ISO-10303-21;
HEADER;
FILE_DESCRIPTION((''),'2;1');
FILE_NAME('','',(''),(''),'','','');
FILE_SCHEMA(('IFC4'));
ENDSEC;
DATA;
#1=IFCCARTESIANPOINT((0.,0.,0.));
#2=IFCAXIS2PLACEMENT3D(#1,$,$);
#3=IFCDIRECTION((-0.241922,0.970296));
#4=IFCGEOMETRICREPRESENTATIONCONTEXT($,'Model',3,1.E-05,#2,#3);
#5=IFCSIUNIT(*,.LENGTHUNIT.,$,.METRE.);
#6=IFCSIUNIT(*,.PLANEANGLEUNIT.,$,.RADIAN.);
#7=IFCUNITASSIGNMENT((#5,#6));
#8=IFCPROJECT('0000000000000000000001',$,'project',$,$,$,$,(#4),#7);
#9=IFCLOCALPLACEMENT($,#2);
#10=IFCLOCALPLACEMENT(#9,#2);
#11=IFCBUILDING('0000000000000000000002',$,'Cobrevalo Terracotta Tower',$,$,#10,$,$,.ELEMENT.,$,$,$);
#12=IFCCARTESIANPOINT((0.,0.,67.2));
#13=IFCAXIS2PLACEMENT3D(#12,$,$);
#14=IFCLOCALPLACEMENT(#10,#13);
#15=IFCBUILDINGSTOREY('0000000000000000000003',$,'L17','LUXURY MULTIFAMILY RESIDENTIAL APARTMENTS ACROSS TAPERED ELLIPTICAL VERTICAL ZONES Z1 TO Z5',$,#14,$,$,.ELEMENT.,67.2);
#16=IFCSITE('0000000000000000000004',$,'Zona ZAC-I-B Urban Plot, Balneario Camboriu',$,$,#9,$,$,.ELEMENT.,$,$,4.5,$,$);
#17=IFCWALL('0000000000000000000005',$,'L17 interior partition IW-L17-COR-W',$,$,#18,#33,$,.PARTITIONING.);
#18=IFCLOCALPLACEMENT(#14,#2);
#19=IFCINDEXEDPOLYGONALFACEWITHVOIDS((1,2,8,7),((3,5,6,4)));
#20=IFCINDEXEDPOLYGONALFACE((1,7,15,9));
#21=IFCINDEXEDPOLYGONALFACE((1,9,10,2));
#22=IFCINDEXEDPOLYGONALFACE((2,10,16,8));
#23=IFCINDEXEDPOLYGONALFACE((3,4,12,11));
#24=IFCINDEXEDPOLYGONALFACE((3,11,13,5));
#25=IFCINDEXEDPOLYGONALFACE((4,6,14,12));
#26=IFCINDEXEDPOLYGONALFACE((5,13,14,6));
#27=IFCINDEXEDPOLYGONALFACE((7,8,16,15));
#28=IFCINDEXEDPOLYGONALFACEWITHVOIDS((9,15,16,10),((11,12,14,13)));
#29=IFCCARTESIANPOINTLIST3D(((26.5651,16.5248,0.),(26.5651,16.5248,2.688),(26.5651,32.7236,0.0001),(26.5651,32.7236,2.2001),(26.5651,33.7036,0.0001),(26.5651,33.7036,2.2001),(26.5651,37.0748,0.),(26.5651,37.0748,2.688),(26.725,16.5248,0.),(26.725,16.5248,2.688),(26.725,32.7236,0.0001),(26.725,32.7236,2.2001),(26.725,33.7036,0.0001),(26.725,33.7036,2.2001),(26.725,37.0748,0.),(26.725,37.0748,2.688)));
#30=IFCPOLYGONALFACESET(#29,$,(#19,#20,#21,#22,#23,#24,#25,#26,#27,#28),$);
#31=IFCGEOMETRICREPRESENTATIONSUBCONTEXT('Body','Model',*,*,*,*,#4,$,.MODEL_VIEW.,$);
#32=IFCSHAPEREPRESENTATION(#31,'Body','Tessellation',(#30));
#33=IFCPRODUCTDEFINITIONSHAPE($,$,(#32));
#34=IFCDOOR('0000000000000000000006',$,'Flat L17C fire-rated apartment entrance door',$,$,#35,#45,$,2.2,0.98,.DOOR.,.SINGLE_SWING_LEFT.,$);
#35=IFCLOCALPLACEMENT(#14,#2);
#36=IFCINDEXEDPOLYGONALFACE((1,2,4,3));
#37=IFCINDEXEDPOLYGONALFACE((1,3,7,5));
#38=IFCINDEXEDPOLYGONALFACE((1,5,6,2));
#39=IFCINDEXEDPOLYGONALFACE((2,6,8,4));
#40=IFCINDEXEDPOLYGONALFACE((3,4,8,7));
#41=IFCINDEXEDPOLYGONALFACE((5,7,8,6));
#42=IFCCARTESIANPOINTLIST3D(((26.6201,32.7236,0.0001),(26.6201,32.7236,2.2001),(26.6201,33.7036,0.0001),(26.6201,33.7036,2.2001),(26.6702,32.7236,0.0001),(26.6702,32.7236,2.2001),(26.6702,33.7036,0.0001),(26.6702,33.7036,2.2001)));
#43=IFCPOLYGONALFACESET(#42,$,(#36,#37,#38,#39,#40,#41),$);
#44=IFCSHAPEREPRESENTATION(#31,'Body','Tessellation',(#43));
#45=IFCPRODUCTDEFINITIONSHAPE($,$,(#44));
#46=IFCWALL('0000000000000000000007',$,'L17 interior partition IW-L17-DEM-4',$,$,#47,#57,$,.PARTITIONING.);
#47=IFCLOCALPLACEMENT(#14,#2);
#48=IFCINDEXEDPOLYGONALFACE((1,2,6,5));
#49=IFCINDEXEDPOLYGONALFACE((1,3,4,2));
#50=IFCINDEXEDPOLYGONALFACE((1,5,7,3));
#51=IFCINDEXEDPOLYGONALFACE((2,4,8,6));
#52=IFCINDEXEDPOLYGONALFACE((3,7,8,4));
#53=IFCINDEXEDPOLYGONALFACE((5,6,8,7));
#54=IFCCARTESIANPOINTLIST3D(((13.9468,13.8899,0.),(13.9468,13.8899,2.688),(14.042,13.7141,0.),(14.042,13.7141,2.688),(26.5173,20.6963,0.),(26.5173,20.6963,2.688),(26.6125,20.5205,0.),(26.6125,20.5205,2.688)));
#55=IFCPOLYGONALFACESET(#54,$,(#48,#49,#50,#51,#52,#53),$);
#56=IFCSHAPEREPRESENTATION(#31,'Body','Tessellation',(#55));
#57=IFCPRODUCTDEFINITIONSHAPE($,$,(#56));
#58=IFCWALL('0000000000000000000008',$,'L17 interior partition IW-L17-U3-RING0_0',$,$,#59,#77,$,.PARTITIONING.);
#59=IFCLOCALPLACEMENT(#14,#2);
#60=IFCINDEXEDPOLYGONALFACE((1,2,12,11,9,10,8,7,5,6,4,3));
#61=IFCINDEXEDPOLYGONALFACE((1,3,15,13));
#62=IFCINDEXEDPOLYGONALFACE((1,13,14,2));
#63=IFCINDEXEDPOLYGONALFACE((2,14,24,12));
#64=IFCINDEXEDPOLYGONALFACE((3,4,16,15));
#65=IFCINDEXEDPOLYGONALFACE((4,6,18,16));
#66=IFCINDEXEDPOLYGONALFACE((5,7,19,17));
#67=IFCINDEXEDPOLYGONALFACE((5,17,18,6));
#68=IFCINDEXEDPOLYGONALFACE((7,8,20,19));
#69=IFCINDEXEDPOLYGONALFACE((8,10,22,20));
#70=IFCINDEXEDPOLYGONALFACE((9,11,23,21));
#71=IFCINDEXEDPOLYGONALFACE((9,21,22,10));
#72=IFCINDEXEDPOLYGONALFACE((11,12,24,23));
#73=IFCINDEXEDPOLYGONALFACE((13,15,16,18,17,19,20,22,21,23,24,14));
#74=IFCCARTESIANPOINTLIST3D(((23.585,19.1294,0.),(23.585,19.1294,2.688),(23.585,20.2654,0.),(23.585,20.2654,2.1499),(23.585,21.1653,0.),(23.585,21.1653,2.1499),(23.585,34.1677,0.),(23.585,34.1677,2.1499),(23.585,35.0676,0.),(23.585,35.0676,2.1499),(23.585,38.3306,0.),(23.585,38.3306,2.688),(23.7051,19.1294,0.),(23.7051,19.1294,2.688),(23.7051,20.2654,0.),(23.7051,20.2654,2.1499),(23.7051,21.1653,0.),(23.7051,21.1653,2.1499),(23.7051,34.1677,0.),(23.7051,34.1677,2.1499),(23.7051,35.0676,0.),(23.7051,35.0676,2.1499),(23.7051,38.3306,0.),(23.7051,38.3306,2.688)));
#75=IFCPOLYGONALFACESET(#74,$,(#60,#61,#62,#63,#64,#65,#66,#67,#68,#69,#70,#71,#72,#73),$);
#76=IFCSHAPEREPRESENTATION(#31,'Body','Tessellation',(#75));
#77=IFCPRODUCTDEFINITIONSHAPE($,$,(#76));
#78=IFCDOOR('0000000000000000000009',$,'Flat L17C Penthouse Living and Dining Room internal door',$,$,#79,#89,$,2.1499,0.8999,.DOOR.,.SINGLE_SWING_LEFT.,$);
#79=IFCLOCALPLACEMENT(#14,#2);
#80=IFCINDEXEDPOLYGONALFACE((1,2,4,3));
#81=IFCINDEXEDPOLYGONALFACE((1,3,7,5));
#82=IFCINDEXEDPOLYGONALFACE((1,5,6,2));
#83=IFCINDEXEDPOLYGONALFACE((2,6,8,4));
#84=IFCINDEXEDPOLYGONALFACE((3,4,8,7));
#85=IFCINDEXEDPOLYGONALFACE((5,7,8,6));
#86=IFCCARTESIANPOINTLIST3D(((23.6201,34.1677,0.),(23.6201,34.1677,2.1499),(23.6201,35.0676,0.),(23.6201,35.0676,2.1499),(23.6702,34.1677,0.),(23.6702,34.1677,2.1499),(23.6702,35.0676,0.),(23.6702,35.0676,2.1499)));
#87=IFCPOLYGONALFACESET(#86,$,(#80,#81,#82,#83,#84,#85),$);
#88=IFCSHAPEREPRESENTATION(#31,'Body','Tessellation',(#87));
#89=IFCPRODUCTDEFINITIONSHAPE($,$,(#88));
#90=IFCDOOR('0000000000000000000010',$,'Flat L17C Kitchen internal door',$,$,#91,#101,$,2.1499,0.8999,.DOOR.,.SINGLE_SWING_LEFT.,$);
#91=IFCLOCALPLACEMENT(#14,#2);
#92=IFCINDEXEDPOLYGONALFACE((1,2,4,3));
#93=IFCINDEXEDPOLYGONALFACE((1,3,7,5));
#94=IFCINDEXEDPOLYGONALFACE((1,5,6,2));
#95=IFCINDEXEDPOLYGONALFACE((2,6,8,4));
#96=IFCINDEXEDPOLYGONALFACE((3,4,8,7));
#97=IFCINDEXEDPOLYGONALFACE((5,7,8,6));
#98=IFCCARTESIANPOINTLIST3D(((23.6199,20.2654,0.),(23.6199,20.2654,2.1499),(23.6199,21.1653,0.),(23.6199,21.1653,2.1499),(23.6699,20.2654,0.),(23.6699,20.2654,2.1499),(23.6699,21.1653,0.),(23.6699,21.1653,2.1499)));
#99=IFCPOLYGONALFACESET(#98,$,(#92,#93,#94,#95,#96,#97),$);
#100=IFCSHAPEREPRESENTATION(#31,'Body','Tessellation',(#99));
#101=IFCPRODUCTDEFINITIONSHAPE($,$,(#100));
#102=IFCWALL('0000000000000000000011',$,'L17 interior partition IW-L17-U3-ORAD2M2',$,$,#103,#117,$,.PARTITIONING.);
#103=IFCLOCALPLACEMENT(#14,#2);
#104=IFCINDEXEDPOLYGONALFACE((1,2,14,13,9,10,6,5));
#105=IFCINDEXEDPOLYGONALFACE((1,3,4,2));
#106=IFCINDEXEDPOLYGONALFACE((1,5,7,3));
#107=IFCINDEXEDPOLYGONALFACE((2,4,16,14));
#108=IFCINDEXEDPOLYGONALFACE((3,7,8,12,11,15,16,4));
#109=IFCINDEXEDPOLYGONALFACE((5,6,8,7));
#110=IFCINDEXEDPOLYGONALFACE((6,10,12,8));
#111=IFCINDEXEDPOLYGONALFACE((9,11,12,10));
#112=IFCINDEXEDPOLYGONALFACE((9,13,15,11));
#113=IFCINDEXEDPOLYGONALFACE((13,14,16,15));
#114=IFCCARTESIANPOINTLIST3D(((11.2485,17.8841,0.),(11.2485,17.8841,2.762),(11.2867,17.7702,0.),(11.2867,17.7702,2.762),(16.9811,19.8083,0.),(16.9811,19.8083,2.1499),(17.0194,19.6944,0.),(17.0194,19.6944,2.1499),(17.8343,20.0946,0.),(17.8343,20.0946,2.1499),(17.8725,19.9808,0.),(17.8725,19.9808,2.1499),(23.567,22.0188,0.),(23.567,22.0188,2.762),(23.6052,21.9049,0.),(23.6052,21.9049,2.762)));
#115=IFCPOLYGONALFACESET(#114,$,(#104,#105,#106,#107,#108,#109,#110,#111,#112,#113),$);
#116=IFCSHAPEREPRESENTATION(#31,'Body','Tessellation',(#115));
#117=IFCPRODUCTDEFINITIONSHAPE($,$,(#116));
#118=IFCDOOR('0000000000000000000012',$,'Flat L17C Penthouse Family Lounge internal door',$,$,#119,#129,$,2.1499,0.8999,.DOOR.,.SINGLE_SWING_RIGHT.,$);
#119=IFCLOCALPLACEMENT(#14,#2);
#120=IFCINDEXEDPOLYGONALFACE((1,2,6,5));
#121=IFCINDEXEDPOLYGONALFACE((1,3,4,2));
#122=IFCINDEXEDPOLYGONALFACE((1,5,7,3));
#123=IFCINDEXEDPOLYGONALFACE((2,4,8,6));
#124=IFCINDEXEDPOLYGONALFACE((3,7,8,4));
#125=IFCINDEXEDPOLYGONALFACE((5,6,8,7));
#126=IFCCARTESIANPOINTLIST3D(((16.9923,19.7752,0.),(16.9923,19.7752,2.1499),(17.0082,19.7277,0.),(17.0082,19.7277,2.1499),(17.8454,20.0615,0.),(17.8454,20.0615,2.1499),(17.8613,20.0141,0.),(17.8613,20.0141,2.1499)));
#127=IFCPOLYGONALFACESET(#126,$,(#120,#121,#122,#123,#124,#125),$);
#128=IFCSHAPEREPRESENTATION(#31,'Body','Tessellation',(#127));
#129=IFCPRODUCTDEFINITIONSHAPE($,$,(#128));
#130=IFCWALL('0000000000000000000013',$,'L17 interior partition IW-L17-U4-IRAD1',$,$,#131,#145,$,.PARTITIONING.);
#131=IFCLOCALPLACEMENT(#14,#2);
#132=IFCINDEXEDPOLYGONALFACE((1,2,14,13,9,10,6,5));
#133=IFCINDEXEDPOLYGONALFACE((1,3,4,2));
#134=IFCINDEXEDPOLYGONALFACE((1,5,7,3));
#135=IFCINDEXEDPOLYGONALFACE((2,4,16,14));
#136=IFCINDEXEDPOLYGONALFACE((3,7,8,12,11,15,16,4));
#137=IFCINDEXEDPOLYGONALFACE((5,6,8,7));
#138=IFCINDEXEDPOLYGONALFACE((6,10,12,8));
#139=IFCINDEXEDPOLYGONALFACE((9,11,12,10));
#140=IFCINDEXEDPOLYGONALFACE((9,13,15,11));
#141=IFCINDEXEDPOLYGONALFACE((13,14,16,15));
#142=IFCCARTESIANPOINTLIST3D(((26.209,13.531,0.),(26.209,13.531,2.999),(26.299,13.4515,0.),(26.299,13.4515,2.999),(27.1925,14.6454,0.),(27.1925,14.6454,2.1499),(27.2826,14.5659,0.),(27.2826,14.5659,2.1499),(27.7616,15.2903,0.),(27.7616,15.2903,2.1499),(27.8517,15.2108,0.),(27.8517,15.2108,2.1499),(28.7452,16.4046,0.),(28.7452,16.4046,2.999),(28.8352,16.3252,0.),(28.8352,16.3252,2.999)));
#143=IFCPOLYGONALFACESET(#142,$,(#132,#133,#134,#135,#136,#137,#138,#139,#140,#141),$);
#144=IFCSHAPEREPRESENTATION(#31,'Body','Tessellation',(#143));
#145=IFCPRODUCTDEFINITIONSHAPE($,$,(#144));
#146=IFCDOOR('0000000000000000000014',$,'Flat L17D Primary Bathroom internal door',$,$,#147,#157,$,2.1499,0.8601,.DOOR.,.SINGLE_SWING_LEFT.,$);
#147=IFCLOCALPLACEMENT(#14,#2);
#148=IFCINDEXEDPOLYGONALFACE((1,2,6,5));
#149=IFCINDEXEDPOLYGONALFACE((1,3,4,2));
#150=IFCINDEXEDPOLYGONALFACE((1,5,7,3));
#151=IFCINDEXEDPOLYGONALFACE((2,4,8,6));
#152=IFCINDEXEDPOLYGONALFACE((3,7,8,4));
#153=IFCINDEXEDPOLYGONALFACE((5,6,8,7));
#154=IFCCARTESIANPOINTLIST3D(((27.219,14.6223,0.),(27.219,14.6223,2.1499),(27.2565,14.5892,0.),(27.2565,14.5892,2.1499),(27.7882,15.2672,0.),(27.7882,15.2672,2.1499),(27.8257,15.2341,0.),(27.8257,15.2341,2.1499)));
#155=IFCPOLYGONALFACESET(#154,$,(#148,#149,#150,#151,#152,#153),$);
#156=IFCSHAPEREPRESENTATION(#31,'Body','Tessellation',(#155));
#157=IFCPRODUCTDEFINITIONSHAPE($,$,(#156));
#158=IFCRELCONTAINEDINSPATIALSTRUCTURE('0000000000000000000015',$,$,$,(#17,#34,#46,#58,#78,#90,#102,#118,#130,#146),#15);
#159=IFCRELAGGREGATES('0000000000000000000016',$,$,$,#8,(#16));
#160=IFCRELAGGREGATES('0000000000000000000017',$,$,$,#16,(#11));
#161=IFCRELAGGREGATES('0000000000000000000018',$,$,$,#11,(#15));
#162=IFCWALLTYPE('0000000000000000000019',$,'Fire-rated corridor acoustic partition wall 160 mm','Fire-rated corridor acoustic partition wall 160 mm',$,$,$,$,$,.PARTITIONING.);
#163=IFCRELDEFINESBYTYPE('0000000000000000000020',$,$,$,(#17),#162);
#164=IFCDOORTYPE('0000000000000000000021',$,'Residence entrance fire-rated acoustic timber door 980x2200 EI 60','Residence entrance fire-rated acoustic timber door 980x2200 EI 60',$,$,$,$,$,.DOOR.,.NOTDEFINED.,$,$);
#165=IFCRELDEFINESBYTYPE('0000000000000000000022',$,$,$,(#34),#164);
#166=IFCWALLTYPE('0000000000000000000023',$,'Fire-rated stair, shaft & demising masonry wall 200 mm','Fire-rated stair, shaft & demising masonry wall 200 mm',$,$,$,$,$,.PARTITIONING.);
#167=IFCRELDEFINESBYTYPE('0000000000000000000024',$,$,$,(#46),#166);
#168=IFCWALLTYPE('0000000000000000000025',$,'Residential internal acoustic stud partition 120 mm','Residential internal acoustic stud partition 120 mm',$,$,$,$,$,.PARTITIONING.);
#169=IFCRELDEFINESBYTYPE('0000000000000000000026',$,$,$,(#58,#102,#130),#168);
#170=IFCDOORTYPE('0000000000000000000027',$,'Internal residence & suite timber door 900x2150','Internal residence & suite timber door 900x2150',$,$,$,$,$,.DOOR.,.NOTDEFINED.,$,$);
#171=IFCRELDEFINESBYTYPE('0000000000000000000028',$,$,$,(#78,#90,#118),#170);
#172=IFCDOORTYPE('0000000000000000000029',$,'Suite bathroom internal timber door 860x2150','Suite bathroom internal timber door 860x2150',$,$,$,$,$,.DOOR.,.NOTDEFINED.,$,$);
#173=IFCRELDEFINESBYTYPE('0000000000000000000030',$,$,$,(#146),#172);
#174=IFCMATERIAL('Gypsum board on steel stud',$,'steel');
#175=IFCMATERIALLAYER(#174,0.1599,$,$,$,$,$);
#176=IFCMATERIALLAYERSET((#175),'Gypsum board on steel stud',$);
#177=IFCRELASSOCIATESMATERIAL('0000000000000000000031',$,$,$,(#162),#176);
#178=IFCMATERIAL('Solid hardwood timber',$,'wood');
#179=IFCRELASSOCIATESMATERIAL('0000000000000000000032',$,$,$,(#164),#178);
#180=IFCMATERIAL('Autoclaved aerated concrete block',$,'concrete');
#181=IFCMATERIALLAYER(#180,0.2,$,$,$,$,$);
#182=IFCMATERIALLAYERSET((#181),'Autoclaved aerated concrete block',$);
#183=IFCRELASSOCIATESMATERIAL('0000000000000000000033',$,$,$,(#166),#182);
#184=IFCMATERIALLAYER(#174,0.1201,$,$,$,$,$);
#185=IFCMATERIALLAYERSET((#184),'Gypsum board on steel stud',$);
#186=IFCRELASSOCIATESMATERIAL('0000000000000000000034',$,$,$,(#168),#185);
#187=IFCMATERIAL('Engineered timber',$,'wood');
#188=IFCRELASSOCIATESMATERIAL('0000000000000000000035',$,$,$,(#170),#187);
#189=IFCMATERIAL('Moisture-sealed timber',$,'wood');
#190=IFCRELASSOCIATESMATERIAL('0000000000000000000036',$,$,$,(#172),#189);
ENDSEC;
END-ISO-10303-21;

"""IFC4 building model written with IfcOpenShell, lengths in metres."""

from ifc_helpers import new_model, si_unit, direction, frame, frame_2d, origin, place, context, subcontext, project, spatial, rectangle, extrude, source, transform, mapped, material, layer, layer_set, type_object, element, fill, save


model = new_model("IFC4")

# Units and contexts
model_context = context("Model", 3, precision=1e-05, world=origin(), true_north=direction((-0.241922, 0.970296)))
body_context = subcontext(model_context, "Body", "Model", "MODEL_VIEW")
ifc_project = project(units=[si_unit("LENGTHUNIT", "METRE"), si_unit("PLANEANGLEUNIT", "RADIAN")], contexts=[model_context])

# Site, building, storey
site_placement = place(None, origin())
site = spatial("IfcSite", under=ifc_project, at=site_placement, Name="Zona ZAC-I-B Urban Plot, Balneario Camboriu", CompositionType="ELEMENT", RefElevation=4.5)
building_placement = place(site_placement, origin())
building = spatial("IfcBuilding", under=site, at=building_placement, Name="Cobrevalo Terracotta Tower", CompositionType="ELEMENT")
storey_placement = place(building_placement, frame((0.0, 0.0, 67.2)))
storey = spatial("IfcBuildingStorey", under=building, at=storey_placement, Name="L17", Description="LUXURY MULTIFAMILY RESIDENTIAL APARTMENTS ACROSS TAPERED ELLIPTICAL VERTICAL ZONES Z1 TO Z5", CompositionType="ELEMENT", Elevation=67.2)

# Wall, opening, door
ifc_material_1 = material(Name="Gypsum board on steel stud", Category="steel")
ifc_layer_1 = layer(ifc_material_1, 0.1599)
ifc_layer_set_1 = layer_set([ifc_layer_1], Name="Gypsum board on steel stud")
wall_type_1 = type_object("IfcWallType", Name="Fire-rated corridor acoustic partition wall 160 mm", Description="Fire-rated corridor acoustic partition wall 160 mm", PredefinedType="PARTITIONING", material=ifc_layer_set_1)
ifc_material_2 = material(Name="Solid hardwood timber", Category="wood")
door_type_1 = type_object("IfcDoorType", Name="Residence entrance fire-rated acoustic timber door 980x2200 EI 60", Description="Residence entrance fire-rated acoustic timber door 980x2200 EI 60", OperationType="NOTDEFINED", PredefinedType="DOOR", material=ifc_material_2)
shared_shape_1 = source(origin(), body_context, "Body", "SweptSolid", [
    extrude(rectangle(XDim=0.98, YDim=2.2, at=frame_2d((0.49, 1.1001))), frame((0.0, 0.0249, 0.0), z_axis=(0.0, -1.0, 0.0), x_axis=(1.0, 0.0, 0.0)), (0.0, 0.0, 1.0), 0.05),
])
wall_1_placement = place(storey_placement, frame((26.645, 16.5249, 0.0), z_axis=(0.0, 0.0, 1.0), x_axis=(0.0, 1.0, 0.0)))
wall_1 = element("IfcWall", 1, at=wall_1_placement, inside=storey, type_object=wall_type_1, Name="L17 interior partition IW-L17-COR-W", PredefinedType="PARTITIONING", context=body_context, shape_type="SweptSolid", body=[
    extrude(rectangle(XDim=20.55, YDim=0.1599, at=frame_2d((10.2749, 0.0))), origin(), (0.0, 0.0, 1.0), 2.688),
])
opening_1_placement = place(wall_1_placement, frame((16.1987, 0.0, 0.0)))
opening_1 = element("IfcOpeningElement", 2, at=opening_1_placement, cuts=wall_1, PredefinedType="OPENING", context=body_context, shape_type="SweptSolid", body=[
    extrude(rectangle(XDim=0.98, YDim=2.2, at=frame_2d((0.49, 1.1001))), frame((0.0, 0.0898, 0.0), z_axis=(0.0, -1.0, 0.0), x_axis=(1.0, 0.0, 0.0)), (0.0, 0.0, 1.0), 0.1799),
])
door_1_placement = place(opening_1_placement, origin())
door_1 = element("IfcDoor", 3, at=door_1_placement, inside=storey, type_object=door_type_1, Name="Flat L17C fire-rated apartment entrance door", OperationType="SINGLE_SWING_LEFT", OverallHeight=2.2, OverallWidth=0.98, PredefinedType="DOOR", context=body_context, shape_type="MappedRepresentation", body=[
    mapped(shared_shape_1, transform((0.0, 0.0, 0.0), scale=1.0)),
])
fill(opening_1, door_1)

# Wall
ifc_material_3 = material(Name="Autoclaved aerated concrete block", Category="concrete")
ifc_layer_2 = layer(ifc_material_3, 0.2)
ifc_layer_set_2 = layer_set([ifc_layer_2], Name="Autoclaved aerated concrete block")
wall_type_2 = type_object("IfcWallType", Name="Fire-rated stair, shaft & demising masonry wall 200 mm", Description="Fire-rated stair, shaft & demising masonry wall 200 mm", PredefinedType="PARTITIONING", material=ifc_layer_set_2)
wall_2_placement = place(storey_placement, frame((26.5649, 20.6084, 0.0), z_axis=(0.0, 0.0, 1.0), x_axis=(-0.87937, -0.47614, 0.0)))
element("IfcWall", 4, at=wall_2_placement, inside=storey, type_object=wall_type_2, Name="L17 interior partition IW-L17-DEM-4", PredefinedType="PARTITIONING", context=body_context, shape_type="SweptSolid", body=[
    extrude(rectangle(XDim=14.2949, YDim=0.2, at=frame_2d((7.1475, 0.0))), origin(), (0.0, 0.0, 1.0), 2.688),
])

# Wall, openings, doors
ifc_layer_3 = layer(ifc_material_1, 0.1201)
ifc_layer_set_3 = layer_set([ifc_layer_3], Name="Gypsum board on steel stud")
wall_type_3 = type_object("IfcWallType", Name="Residential internal acoustic stud partition 120 mm", Description="Residential internal acoustic stud partition 120 mm", PredefinedType="PARTITIONING", material=ifc_layer_set_3)
wall_3_placement = place(storey_placement, frame((23.645, 19.1294, 0.0), z_axis=(0.0, 0.0, 1.0), x_axis=(0.0, 1.0, 0.0)))
wall_3 = element("IfcWall", 5, at=wall_3_placement, inside=storey, type_object=wall_type_3, Name="L17 interior partition IW-L17-U3-RING0_0", PredefinedType="PARTITIONING", context=body_context, shape_type="SweptSolid", body=[
    extrude(rectangle(XDim=19.2012, YDim=0.1201, at=frame_2d((9.6006, 0.0))), origin(), (0.0, 0.0, 1.0), 2.688),
])
opening_2_placement = place(wall_3_placement, frame((15.0383, 0.0, 0.0)))
opening_2 = element("IfcOpeningElement", 6, at=opening_2_placement, cuts=wall_3, PredefinedType="OPENING", context=body_context, shape_type="SweptSolid", body=[
    extrude(rectangle(XDim=0.8999, YDim=2.1499, at=frame_2d((0.45, 1.075))), frame((0.0, 0.0701, 0.0), z_axis=(0.0, -1.0, 0.0), x_axis=(1.0, 0.0, 0.0)), (0.0, 0.0, 1.0), 0.1401),
])
opening_3_placement = place(wall_3_placement, frame((1.136, 0.0, 0.0)))
opening_3 = element("IfcOpeningElement", 7, at=opening_3_placement, cuts=wall_3, PredefinedType="OPENING", context=body_context, shape_type="SweptSolid", body=[
    extrude(rectangle(XDim=0.8999, YDim=2.1499, at=frame_2d((0.45, 1.075))), frame((0.0, 0.0701, 0.0), z_axis=(0.0, -1.0, 0.0), x_axis=(1.0, 0.0, 0.0)), (0.0, 0.0, 1.0), 0.1401),
])
ifc_material_4 = material(Name="Engineered timber", Category="wood")
door_type_2 = type_object("IfcDoorType", Name="Internal residence & suite timber door 900x2150", Description="Internal residence & suite timber door 900x2150", OperationType="NOTDEFINED", PredefinedType="DOOR", material=ifc_material_4)
shared_shape_2 = source(origin(), body_context, "Body", "SweptSolid", [
    extrude(rectangle(XDim=0.8999, YDim=2.1499, at=frame_2d((0.45, 1.075))), frame((0.0, 0.0249, 0.0), z_axis=(0.0, -1.0, 0.0), x_axis=(1.0, 0.0, 0.0)), (0.0, 0.0, 1.0), 0.05),
])
door_2_placement = place(opening_2_placement, origin())
door_2 = element("IfcDoor", 8, at=door_2_placement, inside=storey, type_object=door_type_2, Name="Flat L17C Penthouse Living and Dining Room internal door", OperationType="SINGLE_SWING_LEFT", OverallHeight=2.1499, OverallWidth=0.8999, PredefinedType="DOOR", context=body_context, shape_type="MappedRepresentation", body=[
    mapped(shared_shape_2, transform((0.0, 0.0, 0.0), scale=1.0)),
])
fill(opening_2, door_2)
door_3_placement = place(opening_3_placement, frame((0.8999, 0.0, 0.0), z_axis=(0.0, 0.0, 1.0), x_axis=(-1.0, 0.0, 0.0)))
door_3 = element("IfcDoor", 9, at=door_3_placement, inside=storey, type_object=door_type_2, Name="Flat L17C Kitchen internal door", OperationType="SINGLE_SWING_LEFT", OverallHeight=2.1499, OverallWidth=0.8999, PredefinedType="DOOR", context=body_context, shape_type="MappedRepresentation", body=[
    mapped(shared_shape_2, transform((0.0, 0.0, 0.0), scale=1.0)),
])
fill(opening_3, door_3)

# Walls, openings, doors
wall_4_placement = place(storey_placement, frame((23.5862, 21.9619, 0.0), z_axis=(0.0, 0.0, 1.0), x_axis=(-0.948022, -0.318206, 0.0)))
wall_4 = element("IfcWall", 10, at=wall_4_placement, inside=storey, type_object=wall_type_3, Name="L17 interior partition IW-L17-U3-ORAD2M2", PredefinedType="PARTITIONING", context=body_context, shape_type="SweptSolid", body=[
    extrude(rectangle(XDim=12.9939, YDim=0.1201, at=frame_2d((6.4971, 0.0))), origin(), (0.0, 0.0, 1.0), 2.762),
])
opening_4_placement = place(wall_4_placement, frame((6.0471, 0.0, 0.0)))
opening_4 = element("IfcOpeningElement", 11, at=opening_4_placement, cuts=wall_4, PredefinedType="OPENING", context=body_context, shape_type="SweptSolid", body=[
    extrude(rectangle(XDim=0.8999, YDim=2.1499, at=frame_2d((0.45, 1.075))), frame((0.0, 0.0701, 0.0), z_axis=(0.0, -1.0, 0.0), x_axis=(1.0, 0.0, 0.0)), (0.0, 0.0, 1.0), 0.1401),
])
door_4_placement = place(opening_4_placement, origin())
door_4 = element("IfcDoor", 12, at=door_4_placement, inside=storey, type_object=door_type_2, Name="Flat L17C Penthouse Family Lounge internal door", OperationType="SINGLE_SWING_RIGHT", OverallHeight=2.1499, OverallWidth=0.8999, PredefinedType="DOOR", context=body_context, shape_type="MappedRepresentation", body=[
    mapped(shared_shape_2, transform((0.0, 0.0, 0.0), scale=1.0)),
])
fill(opening_4, door_4)
wall_5_placement = place(storey_placement, frame((28.7903, 16.365, 0.0), z_axis=(0.0, 0.0, 1.0), x_axis=(-0.661719, -0.749752, 0.0)))
wall_5 = element("IfcWall", 13, at=wall_5_placement, inside=storey, type_object=wall_type_3, Name="L17 interior partition IW-L17-U4-IRAD1", PredefinedType="PARTITIONING", context=body_context, shape_type="SweptSolid", body=[
    extrude(rectangle(XDim=3.8328, YDim=0.1201, at=frame_2d((1.9165, 0.0))), origin(), (0.0, 0.0, 1.0), 2.999),
])
opening_5_placement = place(wall_5_placement, frame((1.4863, 0.0, 0.0)))
opening_5 = element("IfcOpeningElement", 14, at=opening_5_placement, cuts=wall_5, PredefinedType="OPENING", context=body_context, shape_type="SweptSolid", body=[
    extrude(rectangle(XDim=0.8601, YDim=2.1499, at=frame_2d((0.4302, 1.075))), frame((0.0, 0.0701, 0.0), z_axis=(0.0, -1.0, 0.0), x_axis=(1.0, 0.0, 0.0)), (0.0, 0.0, 1.0), 0.1401),
])
ifc_material_5 = material(Name="Moisture-sealed timber", Category="wood")
door_type_3 = type_object("IfcDoorType", Name="Suite bathroom internal timber door 860x2150", Description="Suite bathroom internal timber door 860x2150", OperationType="NOTDEFINED", PredefinedType="DOOR", material=ifc_material_5)
shared_shape_3 = source(origin(), body_context, "Body", "SweptSolid", [
    extrude(rectangle(XDim=0.8601, YDim=2.1499, at=frame_2d((0.4302, 1.075))), frame((0.0, 0.0249, 0.0), z_axis=(0.0, -1.0, 0.0), x_axis=(1.0, 0.0, 0.0)), (0.0, 0.0, 1.0), 0.05),
])
door_5_placement = place(opening_5_placement, frame((0.8601, 0.0, 0.0), z_axis=(0.0, 0.0, 1.0), x_axis=(-1.0, 0.0, 0.0)))
door_5 = element("IfcDoor", 15, at=door_5_placement, inside=storey, type_object=door_type_3, Name="Flat L17D Primary Bathroom internal door", OperationType="SINGLE_SWING_LEFT", OverallHeight=2.1499, OverallWidth=0.8601, PredefinedType="DOOR", context=body_context, shape_type="MappedRepresentation", body=[
    mapped(shared_shape_3, transform((0.0, 0.0, 0.0), scale=1.0)),
])
fill(opening_5, door_5)

save(model, "model.ifc")
